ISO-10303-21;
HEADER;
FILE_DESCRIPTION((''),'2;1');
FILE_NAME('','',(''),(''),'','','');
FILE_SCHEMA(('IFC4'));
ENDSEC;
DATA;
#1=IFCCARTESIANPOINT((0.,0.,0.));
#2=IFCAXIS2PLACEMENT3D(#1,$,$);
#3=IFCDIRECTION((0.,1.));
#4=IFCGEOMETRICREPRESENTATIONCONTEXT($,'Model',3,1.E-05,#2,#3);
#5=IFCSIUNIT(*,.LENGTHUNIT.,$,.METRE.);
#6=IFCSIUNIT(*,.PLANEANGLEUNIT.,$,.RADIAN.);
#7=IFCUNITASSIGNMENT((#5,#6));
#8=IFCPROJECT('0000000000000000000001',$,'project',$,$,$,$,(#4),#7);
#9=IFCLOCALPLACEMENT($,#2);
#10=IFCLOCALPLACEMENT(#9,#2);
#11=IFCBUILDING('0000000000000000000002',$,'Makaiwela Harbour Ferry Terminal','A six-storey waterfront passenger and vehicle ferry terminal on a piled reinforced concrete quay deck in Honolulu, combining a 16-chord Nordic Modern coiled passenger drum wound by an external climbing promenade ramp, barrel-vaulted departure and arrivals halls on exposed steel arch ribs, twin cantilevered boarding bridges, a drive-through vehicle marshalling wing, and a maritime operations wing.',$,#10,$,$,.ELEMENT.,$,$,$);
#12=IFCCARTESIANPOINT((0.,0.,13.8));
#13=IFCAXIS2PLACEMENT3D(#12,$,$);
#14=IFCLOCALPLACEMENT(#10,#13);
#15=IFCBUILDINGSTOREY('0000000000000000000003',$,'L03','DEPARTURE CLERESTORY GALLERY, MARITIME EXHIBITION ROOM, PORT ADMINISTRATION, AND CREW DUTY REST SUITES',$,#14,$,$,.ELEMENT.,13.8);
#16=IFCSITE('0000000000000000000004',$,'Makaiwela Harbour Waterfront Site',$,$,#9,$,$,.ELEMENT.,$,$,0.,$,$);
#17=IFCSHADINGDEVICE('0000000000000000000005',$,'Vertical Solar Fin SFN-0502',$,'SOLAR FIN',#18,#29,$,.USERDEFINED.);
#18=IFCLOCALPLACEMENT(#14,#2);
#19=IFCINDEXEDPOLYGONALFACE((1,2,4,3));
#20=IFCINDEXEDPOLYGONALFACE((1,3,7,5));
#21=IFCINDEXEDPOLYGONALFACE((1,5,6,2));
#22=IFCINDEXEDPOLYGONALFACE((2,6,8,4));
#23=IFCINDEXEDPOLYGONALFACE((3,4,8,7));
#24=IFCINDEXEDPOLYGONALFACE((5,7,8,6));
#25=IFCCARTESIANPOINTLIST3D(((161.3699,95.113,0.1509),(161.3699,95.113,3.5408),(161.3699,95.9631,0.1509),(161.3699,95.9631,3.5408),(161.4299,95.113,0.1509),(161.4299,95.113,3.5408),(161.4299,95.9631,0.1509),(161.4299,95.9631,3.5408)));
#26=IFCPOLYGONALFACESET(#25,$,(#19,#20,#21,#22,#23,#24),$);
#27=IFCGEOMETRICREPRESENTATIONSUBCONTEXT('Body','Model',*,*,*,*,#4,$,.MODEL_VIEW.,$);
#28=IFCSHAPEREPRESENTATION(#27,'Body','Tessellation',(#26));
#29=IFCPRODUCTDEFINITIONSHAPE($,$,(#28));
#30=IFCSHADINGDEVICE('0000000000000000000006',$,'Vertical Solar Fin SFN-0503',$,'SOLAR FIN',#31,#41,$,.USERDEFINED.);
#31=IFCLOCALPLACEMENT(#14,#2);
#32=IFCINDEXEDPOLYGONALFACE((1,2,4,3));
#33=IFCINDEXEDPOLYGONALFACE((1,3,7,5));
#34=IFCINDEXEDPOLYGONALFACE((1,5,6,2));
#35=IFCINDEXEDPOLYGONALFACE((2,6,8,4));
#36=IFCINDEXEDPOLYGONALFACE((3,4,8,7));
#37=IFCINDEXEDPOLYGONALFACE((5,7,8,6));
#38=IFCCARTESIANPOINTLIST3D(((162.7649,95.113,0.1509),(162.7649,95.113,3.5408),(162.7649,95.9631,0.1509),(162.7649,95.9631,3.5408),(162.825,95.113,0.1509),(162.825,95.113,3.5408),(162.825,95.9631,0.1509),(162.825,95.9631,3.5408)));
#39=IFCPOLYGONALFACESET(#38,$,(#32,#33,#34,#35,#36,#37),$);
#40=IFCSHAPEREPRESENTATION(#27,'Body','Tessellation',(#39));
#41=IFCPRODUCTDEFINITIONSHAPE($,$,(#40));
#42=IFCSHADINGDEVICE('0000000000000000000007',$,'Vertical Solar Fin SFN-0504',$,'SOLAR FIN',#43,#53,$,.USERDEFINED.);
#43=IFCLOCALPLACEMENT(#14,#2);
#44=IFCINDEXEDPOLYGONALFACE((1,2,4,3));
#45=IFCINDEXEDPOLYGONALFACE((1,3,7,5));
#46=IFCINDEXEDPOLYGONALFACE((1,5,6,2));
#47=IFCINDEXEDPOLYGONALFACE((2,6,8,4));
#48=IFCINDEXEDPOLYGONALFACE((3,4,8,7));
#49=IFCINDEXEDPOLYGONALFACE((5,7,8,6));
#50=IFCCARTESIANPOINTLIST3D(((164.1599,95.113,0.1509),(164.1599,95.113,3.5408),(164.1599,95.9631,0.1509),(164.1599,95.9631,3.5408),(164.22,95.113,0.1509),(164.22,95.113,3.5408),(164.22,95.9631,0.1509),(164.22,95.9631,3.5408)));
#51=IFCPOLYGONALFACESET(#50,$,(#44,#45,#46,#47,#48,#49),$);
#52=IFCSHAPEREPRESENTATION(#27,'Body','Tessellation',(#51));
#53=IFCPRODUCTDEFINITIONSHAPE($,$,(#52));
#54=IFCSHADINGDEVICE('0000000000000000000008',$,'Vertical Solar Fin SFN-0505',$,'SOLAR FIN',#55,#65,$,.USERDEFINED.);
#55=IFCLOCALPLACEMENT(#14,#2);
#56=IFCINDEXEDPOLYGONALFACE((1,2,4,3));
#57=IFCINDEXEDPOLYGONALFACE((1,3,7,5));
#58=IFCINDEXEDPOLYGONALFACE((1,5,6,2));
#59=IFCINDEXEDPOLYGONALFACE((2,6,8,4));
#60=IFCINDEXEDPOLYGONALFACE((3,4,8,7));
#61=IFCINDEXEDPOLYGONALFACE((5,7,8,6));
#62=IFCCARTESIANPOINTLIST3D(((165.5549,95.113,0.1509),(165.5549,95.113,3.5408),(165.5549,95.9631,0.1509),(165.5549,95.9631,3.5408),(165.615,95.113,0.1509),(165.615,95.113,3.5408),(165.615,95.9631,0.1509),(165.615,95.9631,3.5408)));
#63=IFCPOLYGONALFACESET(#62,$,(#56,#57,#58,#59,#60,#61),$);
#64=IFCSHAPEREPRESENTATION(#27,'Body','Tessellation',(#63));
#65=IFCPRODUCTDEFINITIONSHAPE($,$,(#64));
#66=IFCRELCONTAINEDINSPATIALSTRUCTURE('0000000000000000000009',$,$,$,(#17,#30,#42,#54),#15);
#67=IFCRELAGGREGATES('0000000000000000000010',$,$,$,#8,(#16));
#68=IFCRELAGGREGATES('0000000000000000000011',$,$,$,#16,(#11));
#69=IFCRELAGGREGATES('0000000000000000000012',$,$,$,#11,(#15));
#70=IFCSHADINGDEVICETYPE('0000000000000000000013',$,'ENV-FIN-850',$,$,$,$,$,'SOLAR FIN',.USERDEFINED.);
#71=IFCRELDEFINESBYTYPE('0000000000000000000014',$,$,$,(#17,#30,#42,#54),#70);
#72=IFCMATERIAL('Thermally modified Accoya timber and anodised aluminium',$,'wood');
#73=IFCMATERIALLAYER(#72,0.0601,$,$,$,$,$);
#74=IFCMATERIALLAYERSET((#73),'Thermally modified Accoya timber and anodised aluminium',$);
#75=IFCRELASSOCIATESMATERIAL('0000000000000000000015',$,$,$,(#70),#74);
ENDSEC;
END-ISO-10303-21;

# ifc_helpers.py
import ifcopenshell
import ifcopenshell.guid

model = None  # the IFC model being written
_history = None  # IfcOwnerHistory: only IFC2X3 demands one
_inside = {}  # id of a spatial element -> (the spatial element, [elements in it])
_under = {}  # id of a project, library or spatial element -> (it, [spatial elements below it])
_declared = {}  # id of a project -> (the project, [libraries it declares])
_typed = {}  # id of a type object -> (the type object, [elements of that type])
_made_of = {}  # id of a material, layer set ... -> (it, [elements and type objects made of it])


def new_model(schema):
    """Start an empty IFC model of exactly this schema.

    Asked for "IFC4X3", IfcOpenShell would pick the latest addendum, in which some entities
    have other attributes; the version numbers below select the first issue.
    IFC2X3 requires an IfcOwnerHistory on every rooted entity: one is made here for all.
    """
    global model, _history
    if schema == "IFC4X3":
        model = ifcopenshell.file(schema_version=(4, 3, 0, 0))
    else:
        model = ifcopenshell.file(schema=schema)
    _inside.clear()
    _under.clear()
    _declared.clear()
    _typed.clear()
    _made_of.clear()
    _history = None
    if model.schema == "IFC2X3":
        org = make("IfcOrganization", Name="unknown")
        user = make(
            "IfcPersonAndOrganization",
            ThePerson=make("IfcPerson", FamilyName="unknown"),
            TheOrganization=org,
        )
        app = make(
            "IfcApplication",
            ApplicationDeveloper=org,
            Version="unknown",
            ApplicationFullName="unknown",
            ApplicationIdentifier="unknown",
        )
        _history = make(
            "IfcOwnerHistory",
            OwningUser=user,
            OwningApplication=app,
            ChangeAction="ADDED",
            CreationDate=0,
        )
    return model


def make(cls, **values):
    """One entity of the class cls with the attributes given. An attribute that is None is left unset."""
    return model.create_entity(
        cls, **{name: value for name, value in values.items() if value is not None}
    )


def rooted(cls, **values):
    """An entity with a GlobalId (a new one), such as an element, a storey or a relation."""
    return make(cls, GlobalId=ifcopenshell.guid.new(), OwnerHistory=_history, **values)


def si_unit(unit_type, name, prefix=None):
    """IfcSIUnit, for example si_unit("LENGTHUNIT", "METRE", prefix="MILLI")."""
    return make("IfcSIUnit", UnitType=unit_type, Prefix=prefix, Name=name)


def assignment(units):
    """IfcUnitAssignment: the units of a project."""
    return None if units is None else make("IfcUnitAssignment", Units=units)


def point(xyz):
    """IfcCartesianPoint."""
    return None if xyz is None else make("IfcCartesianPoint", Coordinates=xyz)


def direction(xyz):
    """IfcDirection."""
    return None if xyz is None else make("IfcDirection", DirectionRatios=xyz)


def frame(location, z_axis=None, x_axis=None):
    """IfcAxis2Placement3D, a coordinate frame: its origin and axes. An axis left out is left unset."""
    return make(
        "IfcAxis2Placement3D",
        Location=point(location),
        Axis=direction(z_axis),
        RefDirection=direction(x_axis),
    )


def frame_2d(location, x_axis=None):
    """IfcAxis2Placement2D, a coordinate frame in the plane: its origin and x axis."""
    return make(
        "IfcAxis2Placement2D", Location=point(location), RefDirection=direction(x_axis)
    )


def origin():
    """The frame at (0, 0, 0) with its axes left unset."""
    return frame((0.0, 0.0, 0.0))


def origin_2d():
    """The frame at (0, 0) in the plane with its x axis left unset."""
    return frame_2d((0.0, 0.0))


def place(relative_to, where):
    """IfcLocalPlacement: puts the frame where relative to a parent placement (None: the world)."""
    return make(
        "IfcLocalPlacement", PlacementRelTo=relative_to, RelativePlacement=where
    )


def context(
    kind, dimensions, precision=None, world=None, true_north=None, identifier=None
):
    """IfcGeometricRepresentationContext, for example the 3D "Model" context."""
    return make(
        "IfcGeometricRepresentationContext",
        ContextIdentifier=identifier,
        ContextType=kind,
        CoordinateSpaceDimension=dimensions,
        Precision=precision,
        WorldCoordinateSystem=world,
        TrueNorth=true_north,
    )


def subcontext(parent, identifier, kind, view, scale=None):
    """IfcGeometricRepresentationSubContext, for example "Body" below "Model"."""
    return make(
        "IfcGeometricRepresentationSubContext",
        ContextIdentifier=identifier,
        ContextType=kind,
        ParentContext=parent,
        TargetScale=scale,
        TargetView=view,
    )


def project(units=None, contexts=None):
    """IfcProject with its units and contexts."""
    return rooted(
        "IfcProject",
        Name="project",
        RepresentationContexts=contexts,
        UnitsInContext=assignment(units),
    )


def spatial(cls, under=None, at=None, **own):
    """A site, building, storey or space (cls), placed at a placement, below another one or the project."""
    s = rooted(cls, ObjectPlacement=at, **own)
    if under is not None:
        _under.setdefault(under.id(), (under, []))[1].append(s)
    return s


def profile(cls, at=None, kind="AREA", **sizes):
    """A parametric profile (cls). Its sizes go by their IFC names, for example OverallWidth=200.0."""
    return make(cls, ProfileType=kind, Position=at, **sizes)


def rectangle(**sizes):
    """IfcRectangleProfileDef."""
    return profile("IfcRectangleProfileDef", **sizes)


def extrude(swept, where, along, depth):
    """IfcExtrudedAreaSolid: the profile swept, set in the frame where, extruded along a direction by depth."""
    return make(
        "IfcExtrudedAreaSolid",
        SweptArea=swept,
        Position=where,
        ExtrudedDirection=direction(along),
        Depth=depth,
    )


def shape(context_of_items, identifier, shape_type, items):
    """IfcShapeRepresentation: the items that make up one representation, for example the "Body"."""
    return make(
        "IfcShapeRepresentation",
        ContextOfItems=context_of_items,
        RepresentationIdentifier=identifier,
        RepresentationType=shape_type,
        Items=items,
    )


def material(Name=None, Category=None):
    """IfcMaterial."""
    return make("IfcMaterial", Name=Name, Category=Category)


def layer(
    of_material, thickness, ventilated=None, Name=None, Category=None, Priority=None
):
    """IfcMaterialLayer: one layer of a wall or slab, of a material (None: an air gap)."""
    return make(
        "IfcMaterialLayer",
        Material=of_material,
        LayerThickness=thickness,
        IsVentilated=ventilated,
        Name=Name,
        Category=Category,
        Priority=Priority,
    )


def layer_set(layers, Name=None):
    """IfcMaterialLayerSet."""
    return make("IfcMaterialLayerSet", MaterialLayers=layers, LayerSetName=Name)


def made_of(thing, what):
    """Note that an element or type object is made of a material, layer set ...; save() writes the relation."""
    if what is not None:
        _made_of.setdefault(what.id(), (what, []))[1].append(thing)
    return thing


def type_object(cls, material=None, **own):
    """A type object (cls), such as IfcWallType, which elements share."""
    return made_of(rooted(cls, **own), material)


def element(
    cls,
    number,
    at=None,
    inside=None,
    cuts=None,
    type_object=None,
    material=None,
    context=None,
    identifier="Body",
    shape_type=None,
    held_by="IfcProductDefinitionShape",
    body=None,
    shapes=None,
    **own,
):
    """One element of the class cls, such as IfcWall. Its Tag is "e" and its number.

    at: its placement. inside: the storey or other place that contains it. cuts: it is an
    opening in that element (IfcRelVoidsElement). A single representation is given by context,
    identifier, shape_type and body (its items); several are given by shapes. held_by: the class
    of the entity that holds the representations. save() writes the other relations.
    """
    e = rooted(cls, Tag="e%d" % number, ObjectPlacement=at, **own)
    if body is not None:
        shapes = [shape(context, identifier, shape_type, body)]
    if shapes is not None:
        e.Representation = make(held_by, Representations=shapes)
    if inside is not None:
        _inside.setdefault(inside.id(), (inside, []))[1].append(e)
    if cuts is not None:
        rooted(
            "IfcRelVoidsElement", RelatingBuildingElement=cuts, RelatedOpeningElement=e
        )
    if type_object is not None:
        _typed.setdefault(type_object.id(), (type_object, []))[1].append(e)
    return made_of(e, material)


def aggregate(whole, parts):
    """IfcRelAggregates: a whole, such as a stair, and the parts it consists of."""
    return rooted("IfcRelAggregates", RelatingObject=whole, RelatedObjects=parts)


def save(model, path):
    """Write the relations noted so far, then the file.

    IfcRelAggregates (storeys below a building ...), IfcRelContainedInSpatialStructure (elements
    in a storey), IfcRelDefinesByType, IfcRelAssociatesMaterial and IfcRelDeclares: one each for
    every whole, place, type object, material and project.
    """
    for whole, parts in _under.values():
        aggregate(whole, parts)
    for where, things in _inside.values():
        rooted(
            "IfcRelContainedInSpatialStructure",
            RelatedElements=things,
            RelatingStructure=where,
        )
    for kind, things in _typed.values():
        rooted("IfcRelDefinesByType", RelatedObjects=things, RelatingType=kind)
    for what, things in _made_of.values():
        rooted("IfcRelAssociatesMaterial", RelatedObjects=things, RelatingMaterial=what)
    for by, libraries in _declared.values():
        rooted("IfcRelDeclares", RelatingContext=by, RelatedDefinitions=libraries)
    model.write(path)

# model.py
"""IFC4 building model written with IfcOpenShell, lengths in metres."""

from ifc_helpers import new_model, si_unit, direction, frame, origin, origin_2d, place, context, subcontext, project, spatial, rectangle, extrude, material, layer, layer_set, type_object, element, save


model = new_model("IFC4")

# Units and contexts
model_context = context("Model", 3, precision=1e-05, world=origin(), true_north=direction((0.0, 1.0)))
body_context = subcontext(model_context, "Body", "Model", "MODEL_VIEW")
ifc_project = project(units=[si_unit("LENGTHUNIT", "METRE"), si_unit("PLANEANGLEUNIT", "RADIAN")], contexts=[model_context])

# Site, building, storey
site_placement = place(None, origin())
site = spatial("IfcSite", under=ifc_project, at=site_placement, Name="Makaiwela Harbour Waterfront Site", CompositionType="ELEMENT", RefElevation=0.0)
building_placement = place(site_placement, origin())
building = spatial("IfcBuilding", under=site, at=building_placement, Name="Makaiwela Harbour Ferry Terminal", Description="A six-storey waterfront passenger and vehicle ferry terminal on a piled reinforced concrete quay deck in Honolulu, combining a 16-chord Nordic Modern coiled passenger drum wound by an external climbing promenade ramp, barrel-vaulted departure and arrivals halls on exposed steel arch ribs, twin cantilevered boarding bridges, a drive-through vehicle marshalling wing, and a maritime operations wing.", CompositionType="ELEMENT")
storey_placement = place(building_placement, frame((0.0, 0.0, 13.8)))
storey = spatial("IfcBuildingStorey", under=building, at=storey_placement, Name="L03", Description="DEPARTURE CLERESTORY GALLERY, MARITIME EXHIBITION ROOM, PORT ADMINISTRATION, AND CREW DUTY REST SUITES", CompositionType="ELEMENT", Elevation=13.8)

# Shading devices
ifc_material_1 = material(Name="Thermally modified Accoya timber and anodised aluminium", Category="wood")
ifc_layer_1 = layer(ifc_material_1, 0.0601)
ifc_layer_set_1 = layer_set([ifc_layer_1], Name="Thermally modified Accoya timber and anodised aluminium")
shading_device_type = type_object("IfcShadingDeviceType", Name="ENV-FIN-850", ElementType="SOLAR FIN", PredefinedType="USERDEFINED", material=ifc_layer_set_1)
for number, where, z_axis, x_axis, name in (
    (1, (161.3999, 95.5381, 0.1509), (0.0, 0.0, 1.0), (0.0, 1.0, 0.0), "Vertical Solar Fin SFN-0502"),
    (2, (162.7949, 95.5381, 0.1509), (0.0, 0.0, 1.0), (0.0, 1.0, 0.0), "Vertical Solar Fin SFN-0503"),
    (3, (164.1899, 95.5381, 0.1509), (0.0, 0.0, 1.0), (0.0, 1.0, 0.0), "Vertical Solar Fin SFN-0504"),
    (4, (165.585, 95.5381, 0.1509), (0.0, 0.0, 1.0), (0.0, 1.0, 0.0), "Vertical Solar Fin SFN-0505"),
):
    element("IfcShadingDevice", number, at=place(storey_placement, frame(where, z_axis=z_axis, x_axis=x_axis)), inside=storey, type_object=shading_device_type, Name=name, ObjectType="SOLAR FIN", PredefinedType="USERDEFINED", context=body_context, shape_type="SweptSolid", body=[
        extrude(rectangle(XDim=0.8501, YDim=0.0601, at=origin_2d()), origin(), (0.0, 0.0, 1.0), 3.3899),
    ])

save(model, "model.ifc")
